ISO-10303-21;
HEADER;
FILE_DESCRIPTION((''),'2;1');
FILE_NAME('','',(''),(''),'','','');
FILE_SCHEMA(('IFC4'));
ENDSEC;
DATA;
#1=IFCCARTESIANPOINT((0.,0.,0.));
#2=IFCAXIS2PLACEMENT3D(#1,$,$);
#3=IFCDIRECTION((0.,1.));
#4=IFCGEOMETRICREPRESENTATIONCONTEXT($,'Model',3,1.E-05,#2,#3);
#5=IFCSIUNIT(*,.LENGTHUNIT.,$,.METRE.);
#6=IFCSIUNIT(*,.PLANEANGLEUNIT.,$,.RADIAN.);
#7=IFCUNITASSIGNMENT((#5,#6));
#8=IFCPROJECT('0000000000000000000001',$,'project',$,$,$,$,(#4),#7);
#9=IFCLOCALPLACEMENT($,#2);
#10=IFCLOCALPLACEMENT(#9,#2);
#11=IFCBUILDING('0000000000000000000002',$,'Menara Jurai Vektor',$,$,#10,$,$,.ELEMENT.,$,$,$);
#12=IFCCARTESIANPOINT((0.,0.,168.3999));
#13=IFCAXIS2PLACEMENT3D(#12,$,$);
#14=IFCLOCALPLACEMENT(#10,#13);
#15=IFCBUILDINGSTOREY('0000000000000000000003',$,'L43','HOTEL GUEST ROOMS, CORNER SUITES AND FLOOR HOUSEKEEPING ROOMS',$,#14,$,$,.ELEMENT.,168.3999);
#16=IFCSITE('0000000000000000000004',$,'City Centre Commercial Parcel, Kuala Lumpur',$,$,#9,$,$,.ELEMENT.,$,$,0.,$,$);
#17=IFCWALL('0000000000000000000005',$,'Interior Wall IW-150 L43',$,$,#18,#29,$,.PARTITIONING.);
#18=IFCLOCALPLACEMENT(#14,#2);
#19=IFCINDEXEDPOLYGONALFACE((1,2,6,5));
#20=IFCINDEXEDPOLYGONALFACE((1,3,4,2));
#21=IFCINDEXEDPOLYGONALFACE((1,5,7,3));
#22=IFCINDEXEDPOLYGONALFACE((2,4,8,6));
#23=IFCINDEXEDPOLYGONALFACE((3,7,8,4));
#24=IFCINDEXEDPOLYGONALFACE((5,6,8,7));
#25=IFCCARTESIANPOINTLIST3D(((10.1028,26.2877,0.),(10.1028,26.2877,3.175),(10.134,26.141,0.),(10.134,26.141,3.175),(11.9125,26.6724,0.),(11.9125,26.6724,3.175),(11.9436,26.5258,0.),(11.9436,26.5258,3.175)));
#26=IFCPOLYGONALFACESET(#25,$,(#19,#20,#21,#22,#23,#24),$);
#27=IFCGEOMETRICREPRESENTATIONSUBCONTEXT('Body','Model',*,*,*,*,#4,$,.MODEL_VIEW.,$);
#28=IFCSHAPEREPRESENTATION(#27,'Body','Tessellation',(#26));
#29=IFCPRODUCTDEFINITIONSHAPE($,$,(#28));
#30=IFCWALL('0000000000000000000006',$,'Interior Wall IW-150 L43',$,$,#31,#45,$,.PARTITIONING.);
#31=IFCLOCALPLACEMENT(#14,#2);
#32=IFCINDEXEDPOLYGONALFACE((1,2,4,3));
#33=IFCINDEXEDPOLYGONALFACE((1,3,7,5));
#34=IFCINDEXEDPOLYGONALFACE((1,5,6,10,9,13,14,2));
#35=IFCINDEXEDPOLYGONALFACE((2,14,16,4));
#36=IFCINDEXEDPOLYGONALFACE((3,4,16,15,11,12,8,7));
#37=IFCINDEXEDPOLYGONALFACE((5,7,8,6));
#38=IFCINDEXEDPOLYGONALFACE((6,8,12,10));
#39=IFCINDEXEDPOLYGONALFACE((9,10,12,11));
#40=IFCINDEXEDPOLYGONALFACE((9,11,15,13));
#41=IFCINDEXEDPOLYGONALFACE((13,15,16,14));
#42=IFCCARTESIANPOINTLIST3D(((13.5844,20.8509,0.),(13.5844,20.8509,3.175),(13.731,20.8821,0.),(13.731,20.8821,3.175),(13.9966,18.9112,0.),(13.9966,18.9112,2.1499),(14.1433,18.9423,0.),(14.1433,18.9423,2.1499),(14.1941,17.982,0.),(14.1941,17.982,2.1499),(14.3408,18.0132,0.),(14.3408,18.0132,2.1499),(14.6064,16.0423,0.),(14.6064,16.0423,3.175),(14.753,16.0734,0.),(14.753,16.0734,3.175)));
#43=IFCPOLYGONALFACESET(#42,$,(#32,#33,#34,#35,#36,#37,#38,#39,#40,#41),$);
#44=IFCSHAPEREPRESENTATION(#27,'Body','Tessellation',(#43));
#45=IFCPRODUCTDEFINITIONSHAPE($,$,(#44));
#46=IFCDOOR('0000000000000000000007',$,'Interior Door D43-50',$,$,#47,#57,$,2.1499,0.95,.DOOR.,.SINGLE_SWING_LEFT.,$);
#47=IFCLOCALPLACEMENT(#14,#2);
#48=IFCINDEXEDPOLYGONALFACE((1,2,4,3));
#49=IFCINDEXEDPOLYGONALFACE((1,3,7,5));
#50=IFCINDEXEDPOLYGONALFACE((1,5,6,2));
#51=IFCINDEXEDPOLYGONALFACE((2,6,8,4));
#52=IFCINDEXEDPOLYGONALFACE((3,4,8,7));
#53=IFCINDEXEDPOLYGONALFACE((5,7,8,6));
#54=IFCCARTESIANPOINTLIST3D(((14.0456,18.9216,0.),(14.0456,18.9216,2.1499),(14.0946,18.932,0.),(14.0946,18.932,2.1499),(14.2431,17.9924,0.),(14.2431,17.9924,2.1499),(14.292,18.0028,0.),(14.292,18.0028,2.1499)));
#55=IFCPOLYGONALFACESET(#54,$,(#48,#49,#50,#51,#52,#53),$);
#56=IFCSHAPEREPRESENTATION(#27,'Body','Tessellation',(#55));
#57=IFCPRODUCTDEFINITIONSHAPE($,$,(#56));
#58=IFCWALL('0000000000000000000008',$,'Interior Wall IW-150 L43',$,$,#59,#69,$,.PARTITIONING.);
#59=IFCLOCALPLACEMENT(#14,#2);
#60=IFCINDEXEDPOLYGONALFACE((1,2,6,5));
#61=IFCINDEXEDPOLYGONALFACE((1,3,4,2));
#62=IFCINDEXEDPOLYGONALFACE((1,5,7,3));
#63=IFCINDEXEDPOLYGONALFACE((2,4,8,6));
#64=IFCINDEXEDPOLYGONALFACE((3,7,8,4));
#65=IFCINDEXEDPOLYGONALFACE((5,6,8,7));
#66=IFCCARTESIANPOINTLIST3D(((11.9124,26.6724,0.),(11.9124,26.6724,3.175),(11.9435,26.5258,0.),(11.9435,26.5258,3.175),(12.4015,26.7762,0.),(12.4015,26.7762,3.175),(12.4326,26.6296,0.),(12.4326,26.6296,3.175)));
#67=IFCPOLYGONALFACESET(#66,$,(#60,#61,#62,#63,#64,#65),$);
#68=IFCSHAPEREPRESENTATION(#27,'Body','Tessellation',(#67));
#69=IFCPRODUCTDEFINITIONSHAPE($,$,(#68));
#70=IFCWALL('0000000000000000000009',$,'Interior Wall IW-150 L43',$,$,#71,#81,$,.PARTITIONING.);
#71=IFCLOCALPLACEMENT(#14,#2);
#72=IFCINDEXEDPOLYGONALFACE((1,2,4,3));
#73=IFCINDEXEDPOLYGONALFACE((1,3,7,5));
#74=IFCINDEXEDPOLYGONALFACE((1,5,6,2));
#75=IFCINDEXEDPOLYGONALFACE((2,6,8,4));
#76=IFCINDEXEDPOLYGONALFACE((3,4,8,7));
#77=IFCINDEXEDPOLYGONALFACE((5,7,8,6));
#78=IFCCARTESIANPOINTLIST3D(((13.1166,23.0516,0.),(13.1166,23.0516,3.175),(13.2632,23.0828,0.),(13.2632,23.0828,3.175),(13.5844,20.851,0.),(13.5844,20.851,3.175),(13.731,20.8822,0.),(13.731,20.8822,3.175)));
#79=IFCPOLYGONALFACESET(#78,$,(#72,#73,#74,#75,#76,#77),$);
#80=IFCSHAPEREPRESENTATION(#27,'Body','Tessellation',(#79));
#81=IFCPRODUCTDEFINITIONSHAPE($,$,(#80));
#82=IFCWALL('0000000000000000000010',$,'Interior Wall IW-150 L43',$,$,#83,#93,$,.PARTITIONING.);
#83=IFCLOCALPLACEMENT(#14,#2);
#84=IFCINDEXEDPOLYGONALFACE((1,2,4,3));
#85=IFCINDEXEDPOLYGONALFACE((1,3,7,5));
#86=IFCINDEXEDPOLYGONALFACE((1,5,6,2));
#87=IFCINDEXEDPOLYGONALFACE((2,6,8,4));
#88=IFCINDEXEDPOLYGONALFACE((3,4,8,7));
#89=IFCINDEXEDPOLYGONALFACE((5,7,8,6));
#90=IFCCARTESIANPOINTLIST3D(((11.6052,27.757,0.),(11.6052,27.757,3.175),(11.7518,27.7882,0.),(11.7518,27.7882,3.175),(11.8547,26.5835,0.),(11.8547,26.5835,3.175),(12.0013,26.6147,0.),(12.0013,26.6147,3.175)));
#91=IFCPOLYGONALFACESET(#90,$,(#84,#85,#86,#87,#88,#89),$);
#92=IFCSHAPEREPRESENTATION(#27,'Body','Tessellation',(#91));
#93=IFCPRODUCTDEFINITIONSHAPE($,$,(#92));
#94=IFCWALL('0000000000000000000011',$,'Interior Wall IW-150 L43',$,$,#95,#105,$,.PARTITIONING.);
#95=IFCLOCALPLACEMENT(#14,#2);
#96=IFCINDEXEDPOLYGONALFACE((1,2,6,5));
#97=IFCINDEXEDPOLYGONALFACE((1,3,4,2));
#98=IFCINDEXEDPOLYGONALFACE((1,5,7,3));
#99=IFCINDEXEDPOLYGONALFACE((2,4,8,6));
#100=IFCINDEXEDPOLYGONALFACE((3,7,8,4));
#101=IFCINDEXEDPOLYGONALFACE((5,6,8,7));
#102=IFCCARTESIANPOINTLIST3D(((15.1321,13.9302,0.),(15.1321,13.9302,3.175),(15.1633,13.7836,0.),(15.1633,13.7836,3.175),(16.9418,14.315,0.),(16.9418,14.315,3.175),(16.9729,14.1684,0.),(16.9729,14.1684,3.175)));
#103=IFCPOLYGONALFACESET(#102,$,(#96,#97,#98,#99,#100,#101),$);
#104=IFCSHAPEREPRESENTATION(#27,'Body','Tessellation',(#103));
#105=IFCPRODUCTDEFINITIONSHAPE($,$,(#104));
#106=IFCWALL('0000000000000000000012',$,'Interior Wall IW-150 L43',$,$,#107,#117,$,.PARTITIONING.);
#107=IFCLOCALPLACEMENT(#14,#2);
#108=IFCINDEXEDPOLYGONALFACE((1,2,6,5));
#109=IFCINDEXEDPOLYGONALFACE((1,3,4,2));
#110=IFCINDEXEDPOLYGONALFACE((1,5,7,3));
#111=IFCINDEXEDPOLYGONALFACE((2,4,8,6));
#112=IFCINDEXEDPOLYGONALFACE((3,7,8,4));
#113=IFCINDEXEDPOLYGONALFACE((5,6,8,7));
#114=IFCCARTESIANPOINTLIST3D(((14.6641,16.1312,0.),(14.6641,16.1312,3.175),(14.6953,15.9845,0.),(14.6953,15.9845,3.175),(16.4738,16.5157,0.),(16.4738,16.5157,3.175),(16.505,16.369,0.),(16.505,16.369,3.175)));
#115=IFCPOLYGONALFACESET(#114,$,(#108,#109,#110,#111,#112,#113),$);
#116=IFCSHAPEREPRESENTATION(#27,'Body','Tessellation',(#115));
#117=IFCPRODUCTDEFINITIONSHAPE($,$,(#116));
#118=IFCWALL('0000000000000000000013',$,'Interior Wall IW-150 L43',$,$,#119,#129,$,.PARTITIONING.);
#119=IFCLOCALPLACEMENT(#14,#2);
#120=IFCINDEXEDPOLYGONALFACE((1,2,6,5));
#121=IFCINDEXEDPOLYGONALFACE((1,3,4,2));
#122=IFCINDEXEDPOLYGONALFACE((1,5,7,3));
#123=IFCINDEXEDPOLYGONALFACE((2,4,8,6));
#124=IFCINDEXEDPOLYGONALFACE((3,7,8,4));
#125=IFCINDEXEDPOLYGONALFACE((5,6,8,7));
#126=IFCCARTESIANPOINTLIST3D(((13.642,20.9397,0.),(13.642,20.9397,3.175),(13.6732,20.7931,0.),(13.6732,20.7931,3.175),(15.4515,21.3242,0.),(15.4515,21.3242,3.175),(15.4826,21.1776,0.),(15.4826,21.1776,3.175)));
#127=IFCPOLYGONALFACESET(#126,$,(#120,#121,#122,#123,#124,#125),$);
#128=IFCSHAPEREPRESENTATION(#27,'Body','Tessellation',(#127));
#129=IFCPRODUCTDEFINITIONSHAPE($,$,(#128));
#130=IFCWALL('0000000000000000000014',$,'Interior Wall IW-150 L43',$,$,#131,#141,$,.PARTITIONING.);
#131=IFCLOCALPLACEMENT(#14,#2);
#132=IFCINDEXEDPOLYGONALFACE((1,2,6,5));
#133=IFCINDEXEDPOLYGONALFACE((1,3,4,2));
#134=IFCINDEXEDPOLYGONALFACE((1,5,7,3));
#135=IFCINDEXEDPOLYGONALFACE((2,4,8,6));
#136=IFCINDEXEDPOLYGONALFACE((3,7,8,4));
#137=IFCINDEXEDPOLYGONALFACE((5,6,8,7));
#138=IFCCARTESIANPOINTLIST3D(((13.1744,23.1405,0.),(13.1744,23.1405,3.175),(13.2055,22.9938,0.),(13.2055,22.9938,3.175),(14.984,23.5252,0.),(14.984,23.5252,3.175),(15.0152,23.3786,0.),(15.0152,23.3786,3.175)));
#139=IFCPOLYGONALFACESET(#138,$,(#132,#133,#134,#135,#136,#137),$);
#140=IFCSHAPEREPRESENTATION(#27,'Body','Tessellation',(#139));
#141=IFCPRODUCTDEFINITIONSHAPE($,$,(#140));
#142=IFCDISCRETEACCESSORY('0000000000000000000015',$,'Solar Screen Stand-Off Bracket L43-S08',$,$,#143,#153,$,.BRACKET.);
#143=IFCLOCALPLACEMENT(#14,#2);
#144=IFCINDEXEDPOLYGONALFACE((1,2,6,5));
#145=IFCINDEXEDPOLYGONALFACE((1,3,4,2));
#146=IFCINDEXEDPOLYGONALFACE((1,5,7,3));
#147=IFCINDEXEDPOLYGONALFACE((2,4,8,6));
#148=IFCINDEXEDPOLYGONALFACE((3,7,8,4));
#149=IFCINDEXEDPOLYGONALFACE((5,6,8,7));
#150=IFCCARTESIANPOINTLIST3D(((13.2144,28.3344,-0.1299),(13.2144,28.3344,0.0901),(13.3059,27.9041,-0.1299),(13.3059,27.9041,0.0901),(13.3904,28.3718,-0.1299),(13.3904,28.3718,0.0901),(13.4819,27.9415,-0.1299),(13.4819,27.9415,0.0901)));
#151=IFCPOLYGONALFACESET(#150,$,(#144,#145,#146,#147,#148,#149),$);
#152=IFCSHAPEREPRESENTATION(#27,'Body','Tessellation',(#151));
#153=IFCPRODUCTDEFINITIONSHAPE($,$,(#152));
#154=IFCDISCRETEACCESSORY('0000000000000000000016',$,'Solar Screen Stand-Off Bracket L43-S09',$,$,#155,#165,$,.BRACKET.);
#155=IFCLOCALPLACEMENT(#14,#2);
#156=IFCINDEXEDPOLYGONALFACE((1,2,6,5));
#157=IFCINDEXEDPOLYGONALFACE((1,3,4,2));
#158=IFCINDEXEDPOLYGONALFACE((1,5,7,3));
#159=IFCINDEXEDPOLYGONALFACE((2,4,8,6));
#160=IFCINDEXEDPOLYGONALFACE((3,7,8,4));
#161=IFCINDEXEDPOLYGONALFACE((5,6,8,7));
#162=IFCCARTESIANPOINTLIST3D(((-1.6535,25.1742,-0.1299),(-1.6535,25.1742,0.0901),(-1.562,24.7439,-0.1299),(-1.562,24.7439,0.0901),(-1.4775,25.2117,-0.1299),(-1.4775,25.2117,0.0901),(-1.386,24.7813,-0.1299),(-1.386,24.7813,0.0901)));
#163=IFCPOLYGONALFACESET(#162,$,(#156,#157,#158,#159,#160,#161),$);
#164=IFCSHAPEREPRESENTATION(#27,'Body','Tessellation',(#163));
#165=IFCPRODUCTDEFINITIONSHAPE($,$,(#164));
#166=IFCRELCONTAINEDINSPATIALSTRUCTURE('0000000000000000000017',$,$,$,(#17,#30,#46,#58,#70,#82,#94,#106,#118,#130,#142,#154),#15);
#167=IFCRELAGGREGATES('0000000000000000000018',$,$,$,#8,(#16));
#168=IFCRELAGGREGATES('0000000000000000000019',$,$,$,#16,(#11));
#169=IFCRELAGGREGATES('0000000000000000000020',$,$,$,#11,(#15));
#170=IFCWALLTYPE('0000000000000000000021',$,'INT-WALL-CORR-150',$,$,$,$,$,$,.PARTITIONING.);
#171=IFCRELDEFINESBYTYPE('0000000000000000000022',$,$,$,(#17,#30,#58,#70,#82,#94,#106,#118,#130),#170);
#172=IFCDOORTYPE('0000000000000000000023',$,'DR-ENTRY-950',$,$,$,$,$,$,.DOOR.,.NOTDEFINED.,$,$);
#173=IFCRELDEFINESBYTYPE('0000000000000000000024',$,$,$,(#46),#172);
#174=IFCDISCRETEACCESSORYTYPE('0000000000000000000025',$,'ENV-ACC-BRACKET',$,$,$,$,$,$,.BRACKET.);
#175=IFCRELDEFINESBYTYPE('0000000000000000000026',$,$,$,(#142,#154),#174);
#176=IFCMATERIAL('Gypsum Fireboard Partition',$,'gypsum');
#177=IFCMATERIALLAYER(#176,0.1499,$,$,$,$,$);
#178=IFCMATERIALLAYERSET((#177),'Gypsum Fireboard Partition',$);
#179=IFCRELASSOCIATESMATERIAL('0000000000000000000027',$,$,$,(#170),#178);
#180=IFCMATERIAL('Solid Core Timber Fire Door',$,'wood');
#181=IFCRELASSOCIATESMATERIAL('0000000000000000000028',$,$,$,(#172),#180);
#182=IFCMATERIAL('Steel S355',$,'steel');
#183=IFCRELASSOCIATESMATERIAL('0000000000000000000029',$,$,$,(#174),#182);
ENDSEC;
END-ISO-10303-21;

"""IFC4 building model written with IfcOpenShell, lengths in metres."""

from ifc_helpers import new_model, si_unit, direction, frame, frame_2d, origin, origin_2d, place, context, subcontext, project, spatial, rectangle, extrude, material, layer, layer_set, type_object, element, fill, save


model = new_model("IFC4")

# Units and contexts
model_context = context("Model", 3, precision=1e-05, world=origin(), true_north=direction((0.0, 1.0)))
body_context = subcontext(model_context, "Body", "Model", "MODEL_VIEW")
ifc_project = project(units=[si_unit("LENGTHUNIT", "METRE"), si_unit("PLANEANGLEUNIT", "RADIAN")], contexts=[model_context])

# Site, building, storey
site_placement = place(None, origin())
site = spatial("IfcSite", under=ifc_project, at=site_placement, Name="City Centre Commercial Parcel, Kuala Lumpur", CompositionType="ELEMENT", RefElevation=0.0)
building_placement = place(site_placement, origin())
building = spatial("IfcBuilding", under=site, at=building_placement, Name="Menara Jurai Vektor", CompositionType="ELEMENT")
storey_placement = place(building_placement, frame((0.0, 0.0, 168.3999)))
storey = spatial("IfcBuildingStorey", under=building, at=storey_placement, Name="L43", Description="HOTEL GUEST ROOMS, CORNER SUITES AND FLOOR HOUSEKEEPING ROOMS", CompositionType="ELEMENT", Elevation=168.3999)

# Shared definitions
ifc_material_1 = material(Name="Steel S355", Category="steel")

# Wall
ifc_material_2 = material(Name="Gypsum Fireboard Partition", Category="gypsum")
ifc_layer_1 = layer(ifc_material_2, 0.1499)
ifc_layer_set_1 = layer_set([ifc_layer_1], Name="Gypsum Fireboard Partition")
wall_type = type_object("IfcWallType", Name="INT-WALL-CORR-150", PredefinedType="PARTITIONING", material=ifc_layer_set_1)
wall_1_placement = place(storey_placement, frame((10.1184, 26.2144, 0.0), z_axis=(0.0, 0.0, 1.0), x_axis=(0.978133, 0.207979, 0.0)))
element("IfcWall", 1, at=wall_1_placement, inside=storey, type_object=wall_type, Name="Interior Wall IW-150 L43", PredefinedType="PARTITIONING", context=body_context, shape_type="SweptSolid", body=[
    extrude(rectangle(XDim=1.8501, YDim=0.1499, at=frame_2d((0.925, 0.0))), origin(), (0.0, 0.0, 1.0), 3.175),
])

# Wall, opening, door
wall_2_placement = place(storey_placement, frame((14.6797, 16.0579, 0.0), z_axis=(0.0, 0.0, 1.0), x_axis=(-0.207887, 0.978153, 0.0)))
wall_2 = element("IfcWall", 2, at=wall_2_placement, inside=storey, type_object=wall_type, Name="Interior Wall IW-150 L43", PredefinedType="PARTITIONING", context=body_context, shape_type="SweptSolid", body=[
    extrude(rectangle(XDim=4.916, YDim=0.1499, at=frame_2d((2.458, 0.0))), origin(), (0.0, 0.0, 1.0), 3.175),
])
opening_1_placement = place(wall_2_placement, frame((1.9829, 0.0, 0.0)))
opening_1 = element("IfcOpeningElement", 3, at=opening_1_placement, cuts=wall_2, PredefinedType="OPENING", context=body_context, shape_type="SweptSolid", body=[
    extrude(rectangle(XDim=0.95, YDim=2.1499, at=frame_2d((0.4751, 1.075))), frame((0.0, 0.085, 0.0), z_axis=(0.0, -1.0, 0.0), x_axis=(1.0, 0.0, 0.0)), (0.0, 0.0, 1.0), 0.1699),
])
ifc_material_3 = material(Name="Solid Core Timber Fire Door", Category="wood")
door_type = type_object("IfcDoorType", Name="DR-ENTRY-950", OperationType="NOTDEFINED", PredefinedType="DOOR", material=ifc_material_3)
door_1_placement = place(opening_1_placement, origin())
door_1 = element("IfcDoor", 4, at=door_1_placement, inside=storey, type_object=door_type, Name="Interior Door D43-50", OperationType="SINGLE_SWING_LEFT", OverallHeight=2.1499, OverallWidth=0.95, PredefinedType="DOOR", context=body_context, shape_type="SweptSolid", body=[
    extrude(rectangle(XDim=0.95, YDim=2.1499, at=frame_2d((0.4751, 1.075))), frame((0.0, 0.0249, 0.0), z_axis=(0.0, -1.0, 0.0), x_axis=(1.0, 0.0, 0.0)), (0.0, 0.0, 1.0), 0.05),
])
fill(opening_1, door_1)

# Wall
wall_3_placement = place(storey_placement, frame((11.928, 26.5991, 0.0), z_axis=(0.0, 0.0, 1.0), x_axis=(0.978222, 0.207561, 0.0)))
element("IfcWall", 5, at=wall_3_placement, inside=storey, type_object=wall_type, Name="Interior Wall IW-150 L43", PredefinedType="PARTITIONING", context=body_context, shape_type="SweptSolid", body=[
    extrude(rectangle(XDim=0.5, YDim=0.1499, at=frame_2d((0.25, 0.0))), origin(), (0.0, 0.0, 1.0), 3.175),
])

# Walls
wall_4_placement = place(storey_placement, frame((13.6577, 20.8665, 0.0), z_axis=(0.0, 0.0, 1.0), x_axis=(-0.207913, 0.978147, 0.0)))
element("IfcWall", 6, at=wall_4_placement, inside=storey, type_object=wall_type, Name="Interior Wall IW-150 L43", PredefinedType="PARTITIONING", context=body_context, shape_type="SweptSolid", body=[
    extrude(rectangle(XDim=2.2498, YDim=0.1499, at=frame_2d((1.125, 0.0))), origin(), (0.0, 0.0, 1.0), 3.175),
])
wall_5_placement = place(storey_placement, frame((11.928, 26.5991, 0.0), z_axis=(0.0, 0.0, 1.0), x_axis=(-0.207959, 0.978138, 0.0)))
element("IfcWall", 7, at=wall_5_placement, inside=storey, type_object=wall_type, Name="Interior Wall IW-150 L43", PredefinedType="PARTITIONING", context=body_context, shape_type="SweptSolid", body=[
    extrude(rectangle(XDim=1.1997, YDim=0.1499, at=frame_2d((0.5999, 0.0))), origin(), (0.0, 0.0, 1.0), 3.175),
])
for number, where, z_axis, x_axis, name in (
    (8, (15.1477, 13.8569, 0.0), (0.0, 0.0, 1.0), (0.978133, 0.207979, 0.0), "Interior Wall IW-150 L43"),
    (9, (14.6797, 16.0579, 0.0), (0.0, 0.0, 1.0), (0.978166, 0.207826, 0.0), "Interior Wall IW-150 L43"),
):
    element("IfcWall", number, at=place(storey_placement, frame(where, z_axis=z_axis, x_axis=x_axis)), inside=storey, type_object=wall_type, Name=name, PredefinedType="PARTITIONING", context=body_context, shape_type="SweptSolid", body=[
        extrude(rectangle(XDim=1.8501, YDim=0.1499, at=frame_2d((0.925, 0.0))), origin(), (0.0, 0.0, 1.0), 3.175),
    ])
wall_6_placement = place(storey_placement, frame((13.6577, 20.8665, 0.0), z_axis=(0.0, 0.0, 1.0), x_axis=(0.97816, 0.207852, 0.0)))
element("IfcWall", 10, at=wall_6_placement, inside=storey, type_object=wall_type, Name="Interior Wall IW-150 L43", PredefinedType="PARTITIONING", context=body_context, shape_type="SweptSolid", body=[
    extrude(rectangle(XDim=1.8499, YDim=0.1499, at=frame_2d((0.9248, 0.0))), origin(), (0.0, 0.0, 1.0), 3.175),
])
wall_7_placement = place(storey_placement, frame((13.1899, 23.0671, 0.0), z_axis=(0.0, 0.0, 1.0), x_axis=(0.978133, 0.207979, 0.0)))
element("IfcWall", 11, at=wall_7_placement, inside=storey, type_object=wall_type, Name="Interior Wall IW-150 L43", PredefinedType="PARTITIONING", context=body_context, shape_type="SweptSolid", body=[
    extrude(rectangle(XDim=1.8501, YDim=0.1499, at=frame_2d((0.925, 0.0))), origin(), (0.0, 0.0, 1.0), 3.175),
])

# Discrete accessories
discrete_accessory_type = type_object("IfcDiscreteAccessoryType", Name="ENV-ACC-BRACKET", PredefinedType="BRACKET", material=ifc_material_1)
for number, where, z_axis, x_axis, name in (
    (12, (13.3481, 28.1379, -0.1299), (0.0, 0.0, 1.0), (-0.978148, -0.207912, 0.0), "Solar Screen Stand-Off Bracket L43-S08"),
    (13, (-1.5198, 24.9778, -0.1299), (0.0, 0.0, 1.0), (-0.978148, -0.207912, 0.0), "Solar Screen Stand-Off Bracket L43-S09"),
):
    element("IfcDiscreteAccessory", number, at=place(storey_placement, frame(where, z_axis=z_axis, x_axis=x_axis)), inside=storey, type_object=discrete_accessory_type, Name=name, PredefinedType="BRACKET", context=body_context, shape_type="SweptSolid", body=[
        extrude(rectangle(XDim=0.1799, YDim=0.4399, at=origin_2d()), origin(), (0.0, 0.0, 1.0), 0.22),
    ])

save(model, "model.ifc")
